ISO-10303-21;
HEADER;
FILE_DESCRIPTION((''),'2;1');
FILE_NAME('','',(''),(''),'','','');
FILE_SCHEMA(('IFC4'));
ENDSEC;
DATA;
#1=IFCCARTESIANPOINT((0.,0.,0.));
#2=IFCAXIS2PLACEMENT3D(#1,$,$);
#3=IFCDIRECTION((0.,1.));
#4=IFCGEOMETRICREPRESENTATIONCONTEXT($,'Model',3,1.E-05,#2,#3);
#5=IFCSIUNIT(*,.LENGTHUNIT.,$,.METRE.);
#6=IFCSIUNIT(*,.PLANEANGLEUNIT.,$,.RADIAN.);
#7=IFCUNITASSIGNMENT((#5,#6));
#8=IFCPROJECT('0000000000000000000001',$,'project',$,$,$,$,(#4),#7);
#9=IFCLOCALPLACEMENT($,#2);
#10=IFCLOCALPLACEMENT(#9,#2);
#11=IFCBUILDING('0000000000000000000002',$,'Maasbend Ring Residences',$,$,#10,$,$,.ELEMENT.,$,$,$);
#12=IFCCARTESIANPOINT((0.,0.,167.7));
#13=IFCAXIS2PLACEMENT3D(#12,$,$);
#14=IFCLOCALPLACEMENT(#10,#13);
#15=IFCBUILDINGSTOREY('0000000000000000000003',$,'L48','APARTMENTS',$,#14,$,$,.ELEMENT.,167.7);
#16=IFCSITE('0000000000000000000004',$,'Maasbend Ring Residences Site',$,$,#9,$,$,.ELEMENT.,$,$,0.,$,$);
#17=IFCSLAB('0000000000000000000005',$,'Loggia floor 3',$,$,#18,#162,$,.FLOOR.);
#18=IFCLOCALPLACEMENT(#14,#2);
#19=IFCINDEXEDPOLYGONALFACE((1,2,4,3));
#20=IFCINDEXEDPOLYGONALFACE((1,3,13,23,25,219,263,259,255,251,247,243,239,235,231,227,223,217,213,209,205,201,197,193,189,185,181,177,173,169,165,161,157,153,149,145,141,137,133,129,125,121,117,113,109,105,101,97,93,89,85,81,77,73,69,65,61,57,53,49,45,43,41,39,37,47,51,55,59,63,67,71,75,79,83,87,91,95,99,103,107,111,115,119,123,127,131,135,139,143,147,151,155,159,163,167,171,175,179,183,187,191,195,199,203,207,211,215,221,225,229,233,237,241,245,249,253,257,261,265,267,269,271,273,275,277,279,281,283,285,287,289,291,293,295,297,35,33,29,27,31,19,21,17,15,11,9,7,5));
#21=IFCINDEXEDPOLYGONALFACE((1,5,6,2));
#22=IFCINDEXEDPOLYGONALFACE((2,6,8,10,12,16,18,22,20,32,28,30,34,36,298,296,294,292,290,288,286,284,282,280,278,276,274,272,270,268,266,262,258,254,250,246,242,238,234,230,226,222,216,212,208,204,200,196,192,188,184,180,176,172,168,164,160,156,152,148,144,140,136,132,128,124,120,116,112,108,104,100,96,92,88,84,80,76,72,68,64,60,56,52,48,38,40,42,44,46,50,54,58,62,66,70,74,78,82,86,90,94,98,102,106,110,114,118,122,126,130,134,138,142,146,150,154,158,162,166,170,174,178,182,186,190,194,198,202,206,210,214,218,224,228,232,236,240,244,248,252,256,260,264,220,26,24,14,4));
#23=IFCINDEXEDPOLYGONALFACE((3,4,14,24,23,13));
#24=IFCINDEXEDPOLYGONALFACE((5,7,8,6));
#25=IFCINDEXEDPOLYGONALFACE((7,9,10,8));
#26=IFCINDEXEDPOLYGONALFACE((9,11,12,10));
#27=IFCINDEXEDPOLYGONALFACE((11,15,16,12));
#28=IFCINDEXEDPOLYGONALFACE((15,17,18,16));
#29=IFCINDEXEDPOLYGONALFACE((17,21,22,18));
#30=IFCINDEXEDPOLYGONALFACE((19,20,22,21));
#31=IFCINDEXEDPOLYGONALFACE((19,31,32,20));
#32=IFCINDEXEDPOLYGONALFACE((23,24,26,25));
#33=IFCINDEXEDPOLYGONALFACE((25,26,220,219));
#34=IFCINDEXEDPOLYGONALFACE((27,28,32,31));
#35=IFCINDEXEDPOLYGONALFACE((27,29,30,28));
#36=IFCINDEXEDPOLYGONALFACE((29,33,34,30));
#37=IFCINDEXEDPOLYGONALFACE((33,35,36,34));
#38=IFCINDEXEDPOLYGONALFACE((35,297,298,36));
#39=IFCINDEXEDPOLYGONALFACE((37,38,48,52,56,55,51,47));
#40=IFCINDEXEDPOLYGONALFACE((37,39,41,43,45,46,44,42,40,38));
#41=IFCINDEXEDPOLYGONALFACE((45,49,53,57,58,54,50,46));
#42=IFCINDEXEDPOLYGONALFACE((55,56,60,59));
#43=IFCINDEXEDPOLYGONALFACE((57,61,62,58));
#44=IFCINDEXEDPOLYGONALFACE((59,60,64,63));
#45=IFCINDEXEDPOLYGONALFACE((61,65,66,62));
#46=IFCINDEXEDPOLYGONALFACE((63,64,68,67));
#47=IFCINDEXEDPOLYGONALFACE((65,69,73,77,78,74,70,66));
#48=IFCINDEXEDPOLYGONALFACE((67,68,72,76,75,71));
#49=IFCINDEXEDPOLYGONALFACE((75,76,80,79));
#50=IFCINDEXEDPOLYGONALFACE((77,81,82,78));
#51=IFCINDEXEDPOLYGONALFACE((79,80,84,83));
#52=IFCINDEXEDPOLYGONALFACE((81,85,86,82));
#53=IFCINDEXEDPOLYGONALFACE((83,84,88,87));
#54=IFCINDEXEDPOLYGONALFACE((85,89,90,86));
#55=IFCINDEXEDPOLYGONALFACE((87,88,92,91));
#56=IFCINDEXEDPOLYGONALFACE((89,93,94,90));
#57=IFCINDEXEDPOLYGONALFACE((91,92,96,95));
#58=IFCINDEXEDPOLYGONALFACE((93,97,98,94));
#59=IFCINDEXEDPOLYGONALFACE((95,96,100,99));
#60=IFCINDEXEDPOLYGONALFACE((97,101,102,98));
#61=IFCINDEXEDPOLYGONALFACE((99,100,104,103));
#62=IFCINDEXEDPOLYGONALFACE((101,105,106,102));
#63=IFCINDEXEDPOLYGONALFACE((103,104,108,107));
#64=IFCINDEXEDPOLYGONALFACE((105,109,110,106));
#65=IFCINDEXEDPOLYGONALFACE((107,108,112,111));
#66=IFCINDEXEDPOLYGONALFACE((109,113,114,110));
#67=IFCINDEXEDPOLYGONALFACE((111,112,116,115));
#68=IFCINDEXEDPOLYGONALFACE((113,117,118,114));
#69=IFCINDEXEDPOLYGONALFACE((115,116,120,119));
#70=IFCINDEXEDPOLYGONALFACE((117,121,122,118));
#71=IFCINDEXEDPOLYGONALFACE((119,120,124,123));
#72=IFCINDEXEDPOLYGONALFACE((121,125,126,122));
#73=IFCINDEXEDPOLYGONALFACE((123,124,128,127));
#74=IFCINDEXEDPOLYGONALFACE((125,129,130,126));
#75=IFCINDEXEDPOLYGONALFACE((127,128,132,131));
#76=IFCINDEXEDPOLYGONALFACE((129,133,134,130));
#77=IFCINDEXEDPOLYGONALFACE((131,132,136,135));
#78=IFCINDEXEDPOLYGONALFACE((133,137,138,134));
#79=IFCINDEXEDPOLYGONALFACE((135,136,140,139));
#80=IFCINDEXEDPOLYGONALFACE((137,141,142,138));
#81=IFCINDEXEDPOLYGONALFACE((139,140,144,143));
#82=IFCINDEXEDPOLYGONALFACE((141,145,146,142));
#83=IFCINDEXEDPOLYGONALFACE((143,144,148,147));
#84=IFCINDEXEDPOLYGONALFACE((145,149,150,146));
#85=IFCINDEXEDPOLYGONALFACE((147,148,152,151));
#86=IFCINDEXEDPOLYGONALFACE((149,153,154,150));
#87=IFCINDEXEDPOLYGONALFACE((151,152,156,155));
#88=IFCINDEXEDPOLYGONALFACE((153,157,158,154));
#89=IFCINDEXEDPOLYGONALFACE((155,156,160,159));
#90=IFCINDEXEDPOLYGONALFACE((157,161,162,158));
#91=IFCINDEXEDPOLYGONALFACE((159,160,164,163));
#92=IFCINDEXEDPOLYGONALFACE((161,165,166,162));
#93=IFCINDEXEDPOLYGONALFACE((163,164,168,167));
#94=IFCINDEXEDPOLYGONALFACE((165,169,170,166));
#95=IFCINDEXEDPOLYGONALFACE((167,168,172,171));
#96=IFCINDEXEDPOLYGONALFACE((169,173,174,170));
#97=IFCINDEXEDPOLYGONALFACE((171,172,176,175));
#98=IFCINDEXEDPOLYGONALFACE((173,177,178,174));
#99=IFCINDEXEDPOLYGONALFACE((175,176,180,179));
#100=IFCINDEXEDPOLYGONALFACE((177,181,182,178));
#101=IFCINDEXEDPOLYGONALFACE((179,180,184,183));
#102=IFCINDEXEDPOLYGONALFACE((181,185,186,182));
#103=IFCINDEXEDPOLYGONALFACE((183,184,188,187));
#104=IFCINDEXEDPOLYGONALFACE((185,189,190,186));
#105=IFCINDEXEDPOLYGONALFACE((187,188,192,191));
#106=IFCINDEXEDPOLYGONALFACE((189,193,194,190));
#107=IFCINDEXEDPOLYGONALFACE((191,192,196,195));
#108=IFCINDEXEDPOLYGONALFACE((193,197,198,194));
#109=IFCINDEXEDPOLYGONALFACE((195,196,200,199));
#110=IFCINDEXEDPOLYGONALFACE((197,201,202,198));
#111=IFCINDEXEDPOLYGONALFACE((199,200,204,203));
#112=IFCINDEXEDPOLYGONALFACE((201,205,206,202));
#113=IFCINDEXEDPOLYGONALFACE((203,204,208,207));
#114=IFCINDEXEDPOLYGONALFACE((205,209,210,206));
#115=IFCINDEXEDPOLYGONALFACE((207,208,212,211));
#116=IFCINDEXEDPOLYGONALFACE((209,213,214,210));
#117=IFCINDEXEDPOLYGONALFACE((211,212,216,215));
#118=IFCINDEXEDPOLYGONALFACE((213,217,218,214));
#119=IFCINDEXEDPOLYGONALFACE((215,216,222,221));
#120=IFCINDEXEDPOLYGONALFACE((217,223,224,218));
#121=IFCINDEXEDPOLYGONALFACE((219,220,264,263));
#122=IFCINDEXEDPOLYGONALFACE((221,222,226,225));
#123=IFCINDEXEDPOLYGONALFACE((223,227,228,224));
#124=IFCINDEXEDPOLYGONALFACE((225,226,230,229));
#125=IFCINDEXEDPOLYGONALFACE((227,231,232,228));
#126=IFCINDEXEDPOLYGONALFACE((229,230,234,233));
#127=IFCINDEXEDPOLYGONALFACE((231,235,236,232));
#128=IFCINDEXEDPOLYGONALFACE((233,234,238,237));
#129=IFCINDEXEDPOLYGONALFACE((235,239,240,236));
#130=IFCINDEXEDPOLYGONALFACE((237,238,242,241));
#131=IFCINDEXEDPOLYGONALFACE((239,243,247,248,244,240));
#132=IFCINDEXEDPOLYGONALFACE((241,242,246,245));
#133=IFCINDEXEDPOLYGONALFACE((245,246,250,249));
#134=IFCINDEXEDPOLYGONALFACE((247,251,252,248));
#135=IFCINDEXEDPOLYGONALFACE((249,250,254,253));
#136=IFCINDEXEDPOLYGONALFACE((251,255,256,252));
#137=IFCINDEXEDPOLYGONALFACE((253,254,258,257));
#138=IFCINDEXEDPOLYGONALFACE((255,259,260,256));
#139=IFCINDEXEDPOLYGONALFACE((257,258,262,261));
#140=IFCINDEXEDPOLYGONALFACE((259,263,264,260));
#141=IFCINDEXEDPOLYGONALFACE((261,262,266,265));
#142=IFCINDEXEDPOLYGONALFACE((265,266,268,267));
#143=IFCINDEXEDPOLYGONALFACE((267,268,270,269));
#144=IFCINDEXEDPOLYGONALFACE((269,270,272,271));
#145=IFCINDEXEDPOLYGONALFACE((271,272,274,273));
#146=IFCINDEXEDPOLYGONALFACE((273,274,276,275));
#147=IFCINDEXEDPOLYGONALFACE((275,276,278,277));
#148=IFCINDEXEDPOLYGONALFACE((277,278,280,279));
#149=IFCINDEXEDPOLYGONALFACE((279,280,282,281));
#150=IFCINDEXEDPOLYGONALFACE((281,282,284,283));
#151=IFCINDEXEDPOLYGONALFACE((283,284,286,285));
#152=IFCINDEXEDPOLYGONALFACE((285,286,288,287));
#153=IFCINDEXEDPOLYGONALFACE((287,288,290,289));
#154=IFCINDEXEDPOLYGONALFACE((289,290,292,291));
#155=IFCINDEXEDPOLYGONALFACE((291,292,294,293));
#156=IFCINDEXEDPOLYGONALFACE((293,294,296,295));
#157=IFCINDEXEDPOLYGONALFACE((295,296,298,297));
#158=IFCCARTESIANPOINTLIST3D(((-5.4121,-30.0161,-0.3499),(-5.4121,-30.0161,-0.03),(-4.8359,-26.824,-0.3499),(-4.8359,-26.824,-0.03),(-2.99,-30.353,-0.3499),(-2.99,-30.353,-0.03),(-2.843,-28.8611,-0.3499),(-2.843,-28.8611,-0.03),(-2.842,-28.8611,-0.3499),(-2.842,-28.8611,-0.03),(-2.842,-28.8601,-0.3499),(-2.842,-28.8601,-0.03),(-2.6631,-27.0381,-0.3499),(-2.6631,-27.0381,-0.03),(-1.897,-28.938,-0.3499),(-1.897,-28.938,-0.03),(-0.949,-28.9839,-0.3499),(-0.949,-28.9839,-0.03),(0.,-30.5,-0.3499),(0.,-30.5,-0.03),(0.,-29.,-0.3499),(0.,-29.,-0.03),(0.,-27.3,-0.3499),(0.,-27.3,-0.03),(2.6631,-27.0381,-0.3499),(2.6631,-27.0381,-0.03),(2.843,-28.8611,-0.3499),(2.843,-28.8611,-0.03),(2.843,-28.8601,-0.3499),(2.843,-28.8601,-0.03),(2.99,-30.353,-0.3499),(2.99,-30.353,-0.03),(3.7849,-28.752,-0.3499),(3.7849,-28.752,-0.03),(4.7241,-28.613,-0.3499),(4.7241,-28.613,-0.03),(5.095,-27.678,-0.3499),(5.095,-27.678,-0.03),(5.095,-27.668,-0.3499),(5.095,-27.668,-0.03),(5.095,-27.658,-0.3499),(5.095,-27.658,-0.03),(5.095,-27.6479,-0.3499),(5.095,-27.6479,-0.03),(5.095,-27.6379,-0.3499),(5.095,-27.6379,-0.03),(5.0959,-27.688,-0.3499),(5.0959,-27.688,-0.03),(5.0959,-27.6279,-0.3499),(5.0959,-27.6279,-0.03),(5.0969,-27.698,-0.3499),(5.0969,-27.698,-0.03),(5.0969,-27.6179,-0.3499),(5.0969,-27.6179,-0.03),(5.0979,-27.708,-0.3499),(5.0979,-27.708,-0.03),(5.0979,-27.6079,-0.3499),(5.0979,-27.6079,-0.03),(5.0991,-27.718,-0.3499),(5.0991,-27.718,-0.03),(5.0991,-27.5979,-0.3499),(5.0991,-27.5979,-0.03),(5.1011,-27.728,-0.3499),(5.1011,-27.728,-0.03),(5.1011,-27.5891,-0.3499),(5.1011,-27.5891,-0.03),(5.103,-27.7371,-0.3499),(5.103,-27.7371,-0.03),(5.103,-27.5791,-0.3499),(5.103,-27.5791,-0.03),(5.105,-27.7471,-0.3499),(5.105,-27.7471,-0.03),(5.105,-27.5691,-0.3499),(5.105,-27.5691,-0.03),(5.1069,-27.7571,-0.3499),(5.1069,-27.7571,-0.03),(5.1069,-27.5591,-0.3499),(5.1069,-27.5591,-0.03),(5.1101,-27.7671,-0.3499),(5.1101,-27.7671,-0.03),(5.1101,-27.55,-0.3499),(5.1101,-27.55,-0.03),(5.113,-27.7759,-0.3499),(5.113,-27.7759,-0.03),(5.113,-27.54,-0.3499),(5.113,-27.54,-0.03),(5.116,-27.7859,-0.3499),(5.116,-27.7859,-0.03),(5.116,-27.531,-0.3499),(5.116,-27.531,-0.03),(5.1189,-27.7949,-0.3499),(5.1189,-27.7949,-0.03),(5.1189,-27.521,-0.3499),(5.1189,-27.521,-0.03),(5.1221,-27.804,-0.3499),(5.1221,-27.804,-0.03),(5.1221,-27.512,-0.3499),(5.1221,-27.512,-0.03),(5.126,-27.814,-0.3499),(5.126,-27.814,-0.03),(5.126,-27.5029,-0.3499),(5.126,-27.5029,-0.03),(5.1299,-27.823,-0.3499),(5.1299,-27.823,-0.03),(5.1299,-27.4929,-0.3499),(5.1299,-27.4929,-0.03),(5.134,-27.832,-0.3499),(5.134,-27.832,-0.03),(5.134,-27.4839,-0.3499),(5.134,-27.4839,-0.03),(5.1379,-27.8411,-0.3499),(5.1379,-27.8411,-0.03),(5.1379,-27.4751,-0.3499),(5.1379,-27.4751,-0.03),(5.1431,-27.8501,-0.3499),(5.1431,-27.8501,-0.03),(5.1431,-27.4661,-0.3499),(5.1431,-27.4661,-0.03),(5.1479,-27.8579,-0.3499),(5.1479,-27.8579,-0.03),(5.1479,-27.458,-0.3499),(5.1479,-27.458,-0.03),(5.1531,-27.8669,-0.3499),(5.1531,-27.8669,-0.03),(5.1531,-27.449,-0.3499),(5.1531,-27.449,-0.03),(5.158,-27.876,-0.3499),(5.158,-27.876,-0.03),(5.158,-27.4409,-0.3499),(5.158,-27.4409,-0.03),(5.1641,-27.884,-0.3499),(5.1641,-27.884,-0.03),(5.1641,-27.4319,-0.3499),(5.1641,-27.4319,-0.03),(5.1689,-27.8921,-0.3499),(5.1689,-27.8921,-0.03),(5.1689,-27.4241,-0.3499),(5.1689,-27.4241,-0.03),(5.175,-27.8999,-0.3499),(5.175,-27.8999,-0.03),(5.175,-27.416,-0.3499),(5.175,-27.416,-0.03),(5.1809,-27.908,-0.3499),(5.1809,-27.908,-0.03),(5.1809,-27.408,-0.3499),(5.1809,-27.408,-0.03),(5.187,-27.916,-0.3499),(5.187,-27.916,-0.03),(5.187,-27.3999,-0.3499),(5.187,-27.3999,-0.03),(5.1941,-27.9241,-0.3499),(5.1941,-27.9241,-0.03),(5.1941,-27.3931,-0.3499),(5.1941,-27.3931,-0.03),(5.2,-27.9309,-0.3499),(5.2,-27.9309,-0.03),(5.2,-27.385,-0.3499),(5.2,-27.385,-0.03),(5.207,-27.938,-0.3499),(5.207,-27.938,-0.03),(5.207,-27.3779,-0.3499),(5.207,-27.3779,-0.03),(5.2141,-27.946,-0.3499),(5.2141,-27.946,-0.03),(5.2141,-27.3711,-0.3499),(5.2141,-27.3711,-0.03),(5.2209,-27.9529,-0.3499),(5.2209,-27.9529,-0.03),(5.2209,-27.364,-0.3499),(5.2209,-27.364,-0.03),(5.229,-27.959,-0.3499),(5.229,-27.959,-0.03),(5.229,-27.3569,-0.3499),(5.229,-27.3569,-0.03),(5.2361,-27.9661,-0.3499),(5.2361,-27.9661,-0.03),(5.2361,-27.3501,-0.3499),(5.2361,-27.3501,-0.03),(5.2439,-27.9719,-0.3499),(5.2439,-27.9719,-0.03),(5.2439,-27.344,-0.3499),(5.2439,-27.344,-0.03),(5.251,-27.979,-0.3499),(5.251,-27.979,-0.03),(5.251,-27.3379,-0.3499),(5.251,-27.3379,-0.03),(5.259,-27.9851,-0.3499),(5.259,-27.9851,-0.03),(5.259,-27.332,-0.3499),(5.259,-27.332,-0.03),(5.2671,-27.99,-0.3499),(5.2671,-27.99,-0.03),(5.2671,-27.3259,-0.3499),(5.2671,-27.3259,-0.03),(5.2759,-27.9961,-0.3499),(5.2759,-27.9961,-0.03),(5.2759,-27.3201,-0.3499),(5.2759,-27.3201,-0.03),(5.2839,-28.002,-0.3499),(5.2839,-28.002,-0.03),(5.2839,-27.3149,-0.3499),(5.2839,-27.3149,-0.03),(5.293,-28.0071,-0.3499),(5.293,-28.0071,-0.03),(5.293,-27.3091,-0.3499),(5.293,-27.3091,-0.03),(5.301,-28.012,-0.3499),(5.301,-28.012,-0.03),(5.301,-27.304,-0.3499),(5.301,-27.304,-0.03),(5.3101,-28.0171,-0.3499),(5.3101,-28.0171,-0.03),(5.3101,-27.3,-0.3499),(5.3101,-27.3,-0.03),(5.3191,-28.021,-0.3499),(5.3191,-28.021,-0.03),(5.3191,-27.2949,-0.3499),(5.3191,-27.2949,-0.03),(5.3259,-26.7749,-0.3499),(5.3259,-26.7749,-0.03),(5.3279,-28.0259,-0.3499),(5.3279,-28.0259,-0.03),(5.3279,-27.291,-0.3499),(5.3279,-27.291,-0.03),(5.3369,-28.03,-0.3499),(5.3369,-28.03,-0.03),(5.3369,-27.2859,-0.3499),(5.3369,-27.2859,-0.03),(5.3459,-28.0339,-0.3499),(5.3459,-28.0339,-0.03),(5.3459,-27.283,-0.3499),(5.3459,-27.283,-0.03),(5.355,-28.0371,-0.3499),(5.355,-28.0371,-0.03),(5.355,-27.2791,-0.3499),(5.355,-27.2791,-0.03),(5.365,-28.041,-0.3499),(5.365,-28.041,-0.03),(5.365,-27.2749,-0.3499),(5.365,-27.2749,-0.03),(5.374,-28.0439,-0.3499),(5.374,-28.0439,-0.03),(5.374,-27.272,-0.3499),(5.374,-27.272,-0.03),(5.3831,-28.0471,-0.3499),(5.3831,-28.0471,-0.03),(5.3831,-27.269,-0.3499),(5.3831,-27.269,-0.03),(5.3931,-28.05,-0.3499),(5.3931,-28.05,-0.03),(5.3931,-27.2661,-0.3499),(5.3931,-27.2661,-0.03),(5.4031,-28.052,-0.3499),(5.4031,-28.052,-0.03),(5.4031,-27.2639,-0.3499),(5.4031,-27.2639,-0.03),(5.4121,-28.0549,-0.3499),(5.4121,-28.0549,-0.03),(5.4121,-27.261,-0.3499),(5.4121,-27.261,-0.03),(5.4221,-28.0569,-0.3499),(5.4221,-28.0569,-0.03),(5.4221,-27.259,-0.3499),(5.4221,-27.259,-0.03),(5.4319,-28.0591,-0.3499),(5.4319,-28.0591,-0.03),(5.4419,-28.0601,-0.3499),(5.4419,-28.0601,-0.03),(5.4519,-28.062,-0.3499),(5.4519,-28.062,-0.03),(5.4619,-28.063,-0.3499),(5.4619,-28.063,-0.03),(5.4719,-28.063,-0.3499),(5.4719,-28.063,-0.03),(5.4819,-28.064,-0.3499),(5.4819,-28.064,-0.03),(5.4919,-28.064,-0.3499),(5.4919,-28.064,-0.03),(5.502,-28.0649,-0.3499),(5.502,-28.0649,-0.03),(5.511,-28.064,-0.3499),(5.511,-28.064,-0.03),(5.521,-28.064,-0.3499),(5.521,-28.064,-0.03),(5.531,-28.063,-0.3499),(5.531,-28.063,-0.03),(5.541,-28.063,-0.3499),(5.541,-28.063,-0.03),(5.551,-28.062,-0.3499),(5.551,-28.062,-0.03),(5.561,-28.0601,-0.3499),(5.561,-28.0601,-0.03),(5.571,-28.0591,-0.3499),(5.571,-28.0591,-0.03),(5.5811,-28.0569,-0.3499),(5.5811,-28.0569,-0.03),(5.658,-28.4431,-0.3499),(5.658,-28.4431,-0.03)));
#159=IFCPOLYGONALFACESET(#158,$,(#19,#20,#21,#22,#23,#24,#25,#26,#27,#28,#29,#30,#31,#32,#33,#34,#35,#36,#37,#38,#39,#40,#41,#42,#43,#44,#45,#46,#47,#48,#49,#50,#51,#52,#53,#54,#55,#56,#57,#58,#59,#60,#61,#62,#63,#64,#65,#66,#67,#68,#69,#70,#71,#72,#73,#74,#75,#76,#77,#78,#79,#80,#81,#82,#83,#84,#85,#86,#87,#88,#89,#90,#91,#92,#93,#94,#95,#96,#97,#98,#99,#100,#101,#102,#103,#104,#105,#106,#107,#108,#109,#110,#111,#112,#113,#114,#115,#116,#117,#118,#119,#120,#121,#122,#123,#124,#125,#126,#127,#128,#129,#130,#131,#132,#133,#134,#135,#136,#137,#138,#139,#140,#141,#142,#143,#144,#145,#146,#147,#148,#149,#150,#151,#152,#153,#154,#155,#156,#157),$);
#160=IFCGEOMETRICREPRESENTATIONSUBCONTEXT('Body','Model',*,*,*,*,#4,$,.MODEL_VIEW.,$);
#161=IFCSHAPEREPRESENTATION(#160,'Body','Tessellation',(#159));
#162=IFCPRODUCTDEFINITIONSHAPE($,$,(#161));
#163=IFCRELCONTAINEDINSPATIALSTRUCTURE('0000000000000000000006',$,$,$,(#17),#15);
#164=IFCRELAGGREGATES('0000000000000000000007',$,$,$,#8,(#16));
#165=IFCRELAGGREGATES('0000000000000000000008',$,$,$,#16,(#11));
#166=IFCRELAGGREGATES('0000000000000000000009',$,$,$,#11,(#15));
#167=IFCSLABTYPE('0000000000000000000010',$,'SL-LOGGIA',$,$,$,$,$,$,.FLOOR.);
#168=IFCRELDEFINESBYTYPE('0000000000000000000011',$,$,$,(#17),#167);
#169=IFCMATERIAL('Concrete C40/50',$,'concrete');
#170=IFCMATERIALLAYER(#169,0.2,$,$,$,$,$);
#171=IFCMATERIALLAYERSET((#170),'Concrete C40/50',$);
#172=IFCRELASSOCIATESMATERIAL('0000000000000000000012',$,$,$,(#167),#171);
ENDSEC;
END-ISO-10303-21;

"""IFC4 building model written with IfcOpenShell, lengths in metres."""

from ifc_helpers import new_model, si_unit, direction, frame, origin, place, context, subcontext, project, spatial, polyline, outline, extrude, material, layer, layer_set, type_object, element, save


model = new_model("IFC4")

# Units and contexts
model_context = context("Model", 3, precision=1e-05, world=origin(), true_north=direction((0.0, 1.0)))
body_context = subcontext(model_context, "Body", "Model", "MODEL_VIEW")
ifc_project = project(units=[si_unit("LENGTHUNIT", "METRE"), si_unit("PLANEANGLEUNIT", "RADIAN")], contexts=[model_context])

# Site, building, storey
site_placement = place(None, origin())
site = spatial("IfcSite", under=ifc_project, at=site_placement, Name="Maasbend Ring Residences Site", CompositionType="ELEMENT", RefElevation=0.0)
building_placement = place(site_placement, origin())
building = spatial("IfcBuilding", under=site, at=building_placement, Name="Maasbend Ring Residences", CompositionType="ELEMENT")
storey_placement = place(building_placement, frame((0.0, 0.0, 167.7)))
storey = spatial("IfcBuildingStorey", under=building, at=storey_placement, Name="L48", Description="APARTMENTS", CompositionType="ELEMENT", Elevation=167.7)

# Slab
ifc_material_1 = material(Name="Concrete C40/50", Category="concrete")
ifc_layer_1 = layer(ifc_material_1, 0.2)
ifc_layer_set_1 = layer_set([ifc_layer_1], Name="Concrete C40/50")
slab_type_1 = type_object("IfcSlabType", Name="SL-LOGGIA", PredefinedType="FLOOR", material=ifc_layer_set_1)
slab_1_placement = place(storey_placement, frame((0.0, 0.0, -0.3499)))
element("IfcSlab", 1, at=slab_1_placement, inside=storey, type_object=slab_type_1, Name="Loggia floor 3", PredefinedType="FLOOR", context=body_context, shape_type="SweptSolid", body=[
    extrude(outline(polyline([(-2.6631, -27.0381), (0.0, -27.3), (0.0, -27.3), (0.0, -27.3), (2.6631, -27.0381), (5.3259, -26.7749), (5.3259, -26.7749), (5.3259, -26.7749), (5.4221, -27.259), (5.4221, -27.259), (5.4121, -27.261), (5.4031, -27.2639), (5.3931, -27.2661), (5.3831, -27.269), (5.374, -27.272), (5.365, -27.2749), (5.355, -27.2791), (5.3459, -27.283), (5.3369, -27.2859), (5.3279, -27.291), (5.3191, -27.2949), (5.3101, -27.3), (5.301, -27.304), (5.293, -27.3091), (5.2839, -27.3149), (5.2759, -27.3201), (5.2671, -27.3259), (5.259, -27.332), (5.251, -27.3379), (5.2439, -27.344), (5.2361, -27.3501), (5.229, -27.3569), (5.2209, -27.364), (5.2141, -27.3711), (5.207, -27.3779), (5.2, -27.385), (5.1941, -27.3931), (5.187, -27.3999), (5.1809, -27.408), (5.175, -27.416), (5.1689, -27.4241), (5.1641, -27.4319), (5.158, -27.4409), (5.1531, -27.449), (5.1479, -27.458), (5.1431, -27.4661), (5.1379, -27.4751), (5.134, -27.4839), (5.1299, -27.4929), (5.126, -27.5029), (5.1221, -27.512), (5.1189, -27.521), (5.116, -27.531), (5.113, -27.54), (5.1101, -27.55), (5.1069, -27.5591), (5.105, -27.5691), (5.103, -27.5791), (5.1011, -27.5891), (5.0991, -27.5979), (5.0979, -27.6079), (5.0969, -27.6179), (5.0959, -27.6279), (5.095, -27.6379), (5.095, -27.6479), (5.095, -27.658), (5.095, -27.668), (5.095, -27.678), (5.0959, -27.688), (5.0969, -27.698), (5.0979, -27.708), (5.0991, -27.718), (5.1011, -27.728), (5.103, -27.7371), (5.105, -27.7471), (5.1069, -27.7571), (5.1101, -27.7671), (5.113, -27.7759), (5.116, -27.7859), (5.1189, -27.7949), (5.1221, -27.804), (5.126, -27.814), (5.1299, -27.823), (5.134, -27.832), (5.1379, -27.8411), (5.1431, -27.8501), (5.1479, -27.8579), (5.1531, -27.8669), (5.158, -27.876), (5.1641, -27.884), (5.1689, -27.8921), (5.175, -27.8999), (5.1809, -27.908), (5.187, -27.916), (5.1941, -27.9241), (5.2, -27.9309), (5.207, -27.938), (5.2141, -27.946), (5.2209, -27.9529), (5.229, -27.959), (5.2361, -27.9661), (5.2439, -27.9719), (5.251, -27.979), (5.259, -27.9851), (5.2671, -27.99), (5.2759, -27.9961), (5.2839, -28.002), (5.293, -28.0071), (5.301, -28.012), (5.3101, -28.0171), (5.3191, -28.021), (5.3279, -28.0259), (5.3369, -28.03), (5.3459, -28.0339), (5.355, -28.0371), (5.365, -28.041), (5.374, -28.0439), (5.3831, -28.0471), (5.3931, -28.05), (5.4031, -28.052), (5.4121, -28.0549), (5.4221, -28.0569), (5.4319, -28.0591), (5.4419, -28.0601), (5.4519, -28.062), (5.4619, -28.063), (5.4719, -28.063), (5.4819, -28.064), (5.4919, -28.064), (5.502, -28.0649), (5.511, -28.064), (5.521, -28.064), (5.531, -28.063), (5.541, -28.063), (5.551, -28.062), (5.561, -28.0601), (5.571, -28.0591), (5.5811, -28.0569), (5.5811, -28.0569), (5.658, -28.4431), (5.658, -28.4431), (5.658, -28.4431), (4.7241, -28.613), (4.7241, -28.613), (3.7849, -28.752), (3.7849, -28.752), (2.843, -28.8601), (2.843, -28.8601), (2.843, -28.8601), (2.843, -28.8601), (2.843, -28.8601), (2.843, -28.8601), (2.843, -28.8601), (2.843, -28.8601), (2.843, -28.8601), (2.843, -28.8611), (2.843, -28.8611), (2.843, -28.8611), (2.843, -28.8611), (2.843, -28.8611), (2.843, -28.8611), (2.843, -28.8611), (2.843, -28.8611), (2.99, -30.353), (2.99, -30.353), (2.99, -30.353), (0.0, -30.5), (0.0, -30.5), (0.0, -30.5), (0.0, -29.0), (0.0, -29.0), (0.0, -29.0), (0.0, -29.0), (0.0, -29.0), (0.0, -29.0), (0.0, -29.0), (0.0, -29.0), (0.0, -29.0), (0.0, -29.0), (0.0, -29.0), (0.0, -29.0), (0.0, -29.0), (0.0, -29.0), (0.0, -29.0), (0.0, -29.0), (0.0, -29.0), (-0.949, -28.9839), (-0.949, -28.9839), (-1.897, -28.938), (-1.897, -28.938), (-2.842, -28.8601), (-2.842, -28.8601), (-2.842, -28.8601), (-2.842, -28.8601), (-2.842, -28.8601), (-2.842, -28.8601), (-2.842, -28.8601), (-2.842, -28.8601), (-2.842, -28.8611), (-2.842, -28.8611), (-2.842, -28.8611), (-2.842, -28.8611), (-2.842, -28.8611), (-2.843, -28.8611), (-2.843, -28.8611), (-2.843, -28.8611), (-2.843, -28.8611), (-2.99, -30.353), (-2.99, -30.353), (-2.99, -30.353), (-5.4121, -30.0161), (-5.4121, -30.0161), (-5.4121, -30.0161), (-4.8359, -26.824), (-4.8359, -26.824), (-4.8359, -26.824), (-2.6631, -27.0381)])), origin(), (0.0, 0.0, 1.0), 0.3198),
])

save(model, "model.ifc")
